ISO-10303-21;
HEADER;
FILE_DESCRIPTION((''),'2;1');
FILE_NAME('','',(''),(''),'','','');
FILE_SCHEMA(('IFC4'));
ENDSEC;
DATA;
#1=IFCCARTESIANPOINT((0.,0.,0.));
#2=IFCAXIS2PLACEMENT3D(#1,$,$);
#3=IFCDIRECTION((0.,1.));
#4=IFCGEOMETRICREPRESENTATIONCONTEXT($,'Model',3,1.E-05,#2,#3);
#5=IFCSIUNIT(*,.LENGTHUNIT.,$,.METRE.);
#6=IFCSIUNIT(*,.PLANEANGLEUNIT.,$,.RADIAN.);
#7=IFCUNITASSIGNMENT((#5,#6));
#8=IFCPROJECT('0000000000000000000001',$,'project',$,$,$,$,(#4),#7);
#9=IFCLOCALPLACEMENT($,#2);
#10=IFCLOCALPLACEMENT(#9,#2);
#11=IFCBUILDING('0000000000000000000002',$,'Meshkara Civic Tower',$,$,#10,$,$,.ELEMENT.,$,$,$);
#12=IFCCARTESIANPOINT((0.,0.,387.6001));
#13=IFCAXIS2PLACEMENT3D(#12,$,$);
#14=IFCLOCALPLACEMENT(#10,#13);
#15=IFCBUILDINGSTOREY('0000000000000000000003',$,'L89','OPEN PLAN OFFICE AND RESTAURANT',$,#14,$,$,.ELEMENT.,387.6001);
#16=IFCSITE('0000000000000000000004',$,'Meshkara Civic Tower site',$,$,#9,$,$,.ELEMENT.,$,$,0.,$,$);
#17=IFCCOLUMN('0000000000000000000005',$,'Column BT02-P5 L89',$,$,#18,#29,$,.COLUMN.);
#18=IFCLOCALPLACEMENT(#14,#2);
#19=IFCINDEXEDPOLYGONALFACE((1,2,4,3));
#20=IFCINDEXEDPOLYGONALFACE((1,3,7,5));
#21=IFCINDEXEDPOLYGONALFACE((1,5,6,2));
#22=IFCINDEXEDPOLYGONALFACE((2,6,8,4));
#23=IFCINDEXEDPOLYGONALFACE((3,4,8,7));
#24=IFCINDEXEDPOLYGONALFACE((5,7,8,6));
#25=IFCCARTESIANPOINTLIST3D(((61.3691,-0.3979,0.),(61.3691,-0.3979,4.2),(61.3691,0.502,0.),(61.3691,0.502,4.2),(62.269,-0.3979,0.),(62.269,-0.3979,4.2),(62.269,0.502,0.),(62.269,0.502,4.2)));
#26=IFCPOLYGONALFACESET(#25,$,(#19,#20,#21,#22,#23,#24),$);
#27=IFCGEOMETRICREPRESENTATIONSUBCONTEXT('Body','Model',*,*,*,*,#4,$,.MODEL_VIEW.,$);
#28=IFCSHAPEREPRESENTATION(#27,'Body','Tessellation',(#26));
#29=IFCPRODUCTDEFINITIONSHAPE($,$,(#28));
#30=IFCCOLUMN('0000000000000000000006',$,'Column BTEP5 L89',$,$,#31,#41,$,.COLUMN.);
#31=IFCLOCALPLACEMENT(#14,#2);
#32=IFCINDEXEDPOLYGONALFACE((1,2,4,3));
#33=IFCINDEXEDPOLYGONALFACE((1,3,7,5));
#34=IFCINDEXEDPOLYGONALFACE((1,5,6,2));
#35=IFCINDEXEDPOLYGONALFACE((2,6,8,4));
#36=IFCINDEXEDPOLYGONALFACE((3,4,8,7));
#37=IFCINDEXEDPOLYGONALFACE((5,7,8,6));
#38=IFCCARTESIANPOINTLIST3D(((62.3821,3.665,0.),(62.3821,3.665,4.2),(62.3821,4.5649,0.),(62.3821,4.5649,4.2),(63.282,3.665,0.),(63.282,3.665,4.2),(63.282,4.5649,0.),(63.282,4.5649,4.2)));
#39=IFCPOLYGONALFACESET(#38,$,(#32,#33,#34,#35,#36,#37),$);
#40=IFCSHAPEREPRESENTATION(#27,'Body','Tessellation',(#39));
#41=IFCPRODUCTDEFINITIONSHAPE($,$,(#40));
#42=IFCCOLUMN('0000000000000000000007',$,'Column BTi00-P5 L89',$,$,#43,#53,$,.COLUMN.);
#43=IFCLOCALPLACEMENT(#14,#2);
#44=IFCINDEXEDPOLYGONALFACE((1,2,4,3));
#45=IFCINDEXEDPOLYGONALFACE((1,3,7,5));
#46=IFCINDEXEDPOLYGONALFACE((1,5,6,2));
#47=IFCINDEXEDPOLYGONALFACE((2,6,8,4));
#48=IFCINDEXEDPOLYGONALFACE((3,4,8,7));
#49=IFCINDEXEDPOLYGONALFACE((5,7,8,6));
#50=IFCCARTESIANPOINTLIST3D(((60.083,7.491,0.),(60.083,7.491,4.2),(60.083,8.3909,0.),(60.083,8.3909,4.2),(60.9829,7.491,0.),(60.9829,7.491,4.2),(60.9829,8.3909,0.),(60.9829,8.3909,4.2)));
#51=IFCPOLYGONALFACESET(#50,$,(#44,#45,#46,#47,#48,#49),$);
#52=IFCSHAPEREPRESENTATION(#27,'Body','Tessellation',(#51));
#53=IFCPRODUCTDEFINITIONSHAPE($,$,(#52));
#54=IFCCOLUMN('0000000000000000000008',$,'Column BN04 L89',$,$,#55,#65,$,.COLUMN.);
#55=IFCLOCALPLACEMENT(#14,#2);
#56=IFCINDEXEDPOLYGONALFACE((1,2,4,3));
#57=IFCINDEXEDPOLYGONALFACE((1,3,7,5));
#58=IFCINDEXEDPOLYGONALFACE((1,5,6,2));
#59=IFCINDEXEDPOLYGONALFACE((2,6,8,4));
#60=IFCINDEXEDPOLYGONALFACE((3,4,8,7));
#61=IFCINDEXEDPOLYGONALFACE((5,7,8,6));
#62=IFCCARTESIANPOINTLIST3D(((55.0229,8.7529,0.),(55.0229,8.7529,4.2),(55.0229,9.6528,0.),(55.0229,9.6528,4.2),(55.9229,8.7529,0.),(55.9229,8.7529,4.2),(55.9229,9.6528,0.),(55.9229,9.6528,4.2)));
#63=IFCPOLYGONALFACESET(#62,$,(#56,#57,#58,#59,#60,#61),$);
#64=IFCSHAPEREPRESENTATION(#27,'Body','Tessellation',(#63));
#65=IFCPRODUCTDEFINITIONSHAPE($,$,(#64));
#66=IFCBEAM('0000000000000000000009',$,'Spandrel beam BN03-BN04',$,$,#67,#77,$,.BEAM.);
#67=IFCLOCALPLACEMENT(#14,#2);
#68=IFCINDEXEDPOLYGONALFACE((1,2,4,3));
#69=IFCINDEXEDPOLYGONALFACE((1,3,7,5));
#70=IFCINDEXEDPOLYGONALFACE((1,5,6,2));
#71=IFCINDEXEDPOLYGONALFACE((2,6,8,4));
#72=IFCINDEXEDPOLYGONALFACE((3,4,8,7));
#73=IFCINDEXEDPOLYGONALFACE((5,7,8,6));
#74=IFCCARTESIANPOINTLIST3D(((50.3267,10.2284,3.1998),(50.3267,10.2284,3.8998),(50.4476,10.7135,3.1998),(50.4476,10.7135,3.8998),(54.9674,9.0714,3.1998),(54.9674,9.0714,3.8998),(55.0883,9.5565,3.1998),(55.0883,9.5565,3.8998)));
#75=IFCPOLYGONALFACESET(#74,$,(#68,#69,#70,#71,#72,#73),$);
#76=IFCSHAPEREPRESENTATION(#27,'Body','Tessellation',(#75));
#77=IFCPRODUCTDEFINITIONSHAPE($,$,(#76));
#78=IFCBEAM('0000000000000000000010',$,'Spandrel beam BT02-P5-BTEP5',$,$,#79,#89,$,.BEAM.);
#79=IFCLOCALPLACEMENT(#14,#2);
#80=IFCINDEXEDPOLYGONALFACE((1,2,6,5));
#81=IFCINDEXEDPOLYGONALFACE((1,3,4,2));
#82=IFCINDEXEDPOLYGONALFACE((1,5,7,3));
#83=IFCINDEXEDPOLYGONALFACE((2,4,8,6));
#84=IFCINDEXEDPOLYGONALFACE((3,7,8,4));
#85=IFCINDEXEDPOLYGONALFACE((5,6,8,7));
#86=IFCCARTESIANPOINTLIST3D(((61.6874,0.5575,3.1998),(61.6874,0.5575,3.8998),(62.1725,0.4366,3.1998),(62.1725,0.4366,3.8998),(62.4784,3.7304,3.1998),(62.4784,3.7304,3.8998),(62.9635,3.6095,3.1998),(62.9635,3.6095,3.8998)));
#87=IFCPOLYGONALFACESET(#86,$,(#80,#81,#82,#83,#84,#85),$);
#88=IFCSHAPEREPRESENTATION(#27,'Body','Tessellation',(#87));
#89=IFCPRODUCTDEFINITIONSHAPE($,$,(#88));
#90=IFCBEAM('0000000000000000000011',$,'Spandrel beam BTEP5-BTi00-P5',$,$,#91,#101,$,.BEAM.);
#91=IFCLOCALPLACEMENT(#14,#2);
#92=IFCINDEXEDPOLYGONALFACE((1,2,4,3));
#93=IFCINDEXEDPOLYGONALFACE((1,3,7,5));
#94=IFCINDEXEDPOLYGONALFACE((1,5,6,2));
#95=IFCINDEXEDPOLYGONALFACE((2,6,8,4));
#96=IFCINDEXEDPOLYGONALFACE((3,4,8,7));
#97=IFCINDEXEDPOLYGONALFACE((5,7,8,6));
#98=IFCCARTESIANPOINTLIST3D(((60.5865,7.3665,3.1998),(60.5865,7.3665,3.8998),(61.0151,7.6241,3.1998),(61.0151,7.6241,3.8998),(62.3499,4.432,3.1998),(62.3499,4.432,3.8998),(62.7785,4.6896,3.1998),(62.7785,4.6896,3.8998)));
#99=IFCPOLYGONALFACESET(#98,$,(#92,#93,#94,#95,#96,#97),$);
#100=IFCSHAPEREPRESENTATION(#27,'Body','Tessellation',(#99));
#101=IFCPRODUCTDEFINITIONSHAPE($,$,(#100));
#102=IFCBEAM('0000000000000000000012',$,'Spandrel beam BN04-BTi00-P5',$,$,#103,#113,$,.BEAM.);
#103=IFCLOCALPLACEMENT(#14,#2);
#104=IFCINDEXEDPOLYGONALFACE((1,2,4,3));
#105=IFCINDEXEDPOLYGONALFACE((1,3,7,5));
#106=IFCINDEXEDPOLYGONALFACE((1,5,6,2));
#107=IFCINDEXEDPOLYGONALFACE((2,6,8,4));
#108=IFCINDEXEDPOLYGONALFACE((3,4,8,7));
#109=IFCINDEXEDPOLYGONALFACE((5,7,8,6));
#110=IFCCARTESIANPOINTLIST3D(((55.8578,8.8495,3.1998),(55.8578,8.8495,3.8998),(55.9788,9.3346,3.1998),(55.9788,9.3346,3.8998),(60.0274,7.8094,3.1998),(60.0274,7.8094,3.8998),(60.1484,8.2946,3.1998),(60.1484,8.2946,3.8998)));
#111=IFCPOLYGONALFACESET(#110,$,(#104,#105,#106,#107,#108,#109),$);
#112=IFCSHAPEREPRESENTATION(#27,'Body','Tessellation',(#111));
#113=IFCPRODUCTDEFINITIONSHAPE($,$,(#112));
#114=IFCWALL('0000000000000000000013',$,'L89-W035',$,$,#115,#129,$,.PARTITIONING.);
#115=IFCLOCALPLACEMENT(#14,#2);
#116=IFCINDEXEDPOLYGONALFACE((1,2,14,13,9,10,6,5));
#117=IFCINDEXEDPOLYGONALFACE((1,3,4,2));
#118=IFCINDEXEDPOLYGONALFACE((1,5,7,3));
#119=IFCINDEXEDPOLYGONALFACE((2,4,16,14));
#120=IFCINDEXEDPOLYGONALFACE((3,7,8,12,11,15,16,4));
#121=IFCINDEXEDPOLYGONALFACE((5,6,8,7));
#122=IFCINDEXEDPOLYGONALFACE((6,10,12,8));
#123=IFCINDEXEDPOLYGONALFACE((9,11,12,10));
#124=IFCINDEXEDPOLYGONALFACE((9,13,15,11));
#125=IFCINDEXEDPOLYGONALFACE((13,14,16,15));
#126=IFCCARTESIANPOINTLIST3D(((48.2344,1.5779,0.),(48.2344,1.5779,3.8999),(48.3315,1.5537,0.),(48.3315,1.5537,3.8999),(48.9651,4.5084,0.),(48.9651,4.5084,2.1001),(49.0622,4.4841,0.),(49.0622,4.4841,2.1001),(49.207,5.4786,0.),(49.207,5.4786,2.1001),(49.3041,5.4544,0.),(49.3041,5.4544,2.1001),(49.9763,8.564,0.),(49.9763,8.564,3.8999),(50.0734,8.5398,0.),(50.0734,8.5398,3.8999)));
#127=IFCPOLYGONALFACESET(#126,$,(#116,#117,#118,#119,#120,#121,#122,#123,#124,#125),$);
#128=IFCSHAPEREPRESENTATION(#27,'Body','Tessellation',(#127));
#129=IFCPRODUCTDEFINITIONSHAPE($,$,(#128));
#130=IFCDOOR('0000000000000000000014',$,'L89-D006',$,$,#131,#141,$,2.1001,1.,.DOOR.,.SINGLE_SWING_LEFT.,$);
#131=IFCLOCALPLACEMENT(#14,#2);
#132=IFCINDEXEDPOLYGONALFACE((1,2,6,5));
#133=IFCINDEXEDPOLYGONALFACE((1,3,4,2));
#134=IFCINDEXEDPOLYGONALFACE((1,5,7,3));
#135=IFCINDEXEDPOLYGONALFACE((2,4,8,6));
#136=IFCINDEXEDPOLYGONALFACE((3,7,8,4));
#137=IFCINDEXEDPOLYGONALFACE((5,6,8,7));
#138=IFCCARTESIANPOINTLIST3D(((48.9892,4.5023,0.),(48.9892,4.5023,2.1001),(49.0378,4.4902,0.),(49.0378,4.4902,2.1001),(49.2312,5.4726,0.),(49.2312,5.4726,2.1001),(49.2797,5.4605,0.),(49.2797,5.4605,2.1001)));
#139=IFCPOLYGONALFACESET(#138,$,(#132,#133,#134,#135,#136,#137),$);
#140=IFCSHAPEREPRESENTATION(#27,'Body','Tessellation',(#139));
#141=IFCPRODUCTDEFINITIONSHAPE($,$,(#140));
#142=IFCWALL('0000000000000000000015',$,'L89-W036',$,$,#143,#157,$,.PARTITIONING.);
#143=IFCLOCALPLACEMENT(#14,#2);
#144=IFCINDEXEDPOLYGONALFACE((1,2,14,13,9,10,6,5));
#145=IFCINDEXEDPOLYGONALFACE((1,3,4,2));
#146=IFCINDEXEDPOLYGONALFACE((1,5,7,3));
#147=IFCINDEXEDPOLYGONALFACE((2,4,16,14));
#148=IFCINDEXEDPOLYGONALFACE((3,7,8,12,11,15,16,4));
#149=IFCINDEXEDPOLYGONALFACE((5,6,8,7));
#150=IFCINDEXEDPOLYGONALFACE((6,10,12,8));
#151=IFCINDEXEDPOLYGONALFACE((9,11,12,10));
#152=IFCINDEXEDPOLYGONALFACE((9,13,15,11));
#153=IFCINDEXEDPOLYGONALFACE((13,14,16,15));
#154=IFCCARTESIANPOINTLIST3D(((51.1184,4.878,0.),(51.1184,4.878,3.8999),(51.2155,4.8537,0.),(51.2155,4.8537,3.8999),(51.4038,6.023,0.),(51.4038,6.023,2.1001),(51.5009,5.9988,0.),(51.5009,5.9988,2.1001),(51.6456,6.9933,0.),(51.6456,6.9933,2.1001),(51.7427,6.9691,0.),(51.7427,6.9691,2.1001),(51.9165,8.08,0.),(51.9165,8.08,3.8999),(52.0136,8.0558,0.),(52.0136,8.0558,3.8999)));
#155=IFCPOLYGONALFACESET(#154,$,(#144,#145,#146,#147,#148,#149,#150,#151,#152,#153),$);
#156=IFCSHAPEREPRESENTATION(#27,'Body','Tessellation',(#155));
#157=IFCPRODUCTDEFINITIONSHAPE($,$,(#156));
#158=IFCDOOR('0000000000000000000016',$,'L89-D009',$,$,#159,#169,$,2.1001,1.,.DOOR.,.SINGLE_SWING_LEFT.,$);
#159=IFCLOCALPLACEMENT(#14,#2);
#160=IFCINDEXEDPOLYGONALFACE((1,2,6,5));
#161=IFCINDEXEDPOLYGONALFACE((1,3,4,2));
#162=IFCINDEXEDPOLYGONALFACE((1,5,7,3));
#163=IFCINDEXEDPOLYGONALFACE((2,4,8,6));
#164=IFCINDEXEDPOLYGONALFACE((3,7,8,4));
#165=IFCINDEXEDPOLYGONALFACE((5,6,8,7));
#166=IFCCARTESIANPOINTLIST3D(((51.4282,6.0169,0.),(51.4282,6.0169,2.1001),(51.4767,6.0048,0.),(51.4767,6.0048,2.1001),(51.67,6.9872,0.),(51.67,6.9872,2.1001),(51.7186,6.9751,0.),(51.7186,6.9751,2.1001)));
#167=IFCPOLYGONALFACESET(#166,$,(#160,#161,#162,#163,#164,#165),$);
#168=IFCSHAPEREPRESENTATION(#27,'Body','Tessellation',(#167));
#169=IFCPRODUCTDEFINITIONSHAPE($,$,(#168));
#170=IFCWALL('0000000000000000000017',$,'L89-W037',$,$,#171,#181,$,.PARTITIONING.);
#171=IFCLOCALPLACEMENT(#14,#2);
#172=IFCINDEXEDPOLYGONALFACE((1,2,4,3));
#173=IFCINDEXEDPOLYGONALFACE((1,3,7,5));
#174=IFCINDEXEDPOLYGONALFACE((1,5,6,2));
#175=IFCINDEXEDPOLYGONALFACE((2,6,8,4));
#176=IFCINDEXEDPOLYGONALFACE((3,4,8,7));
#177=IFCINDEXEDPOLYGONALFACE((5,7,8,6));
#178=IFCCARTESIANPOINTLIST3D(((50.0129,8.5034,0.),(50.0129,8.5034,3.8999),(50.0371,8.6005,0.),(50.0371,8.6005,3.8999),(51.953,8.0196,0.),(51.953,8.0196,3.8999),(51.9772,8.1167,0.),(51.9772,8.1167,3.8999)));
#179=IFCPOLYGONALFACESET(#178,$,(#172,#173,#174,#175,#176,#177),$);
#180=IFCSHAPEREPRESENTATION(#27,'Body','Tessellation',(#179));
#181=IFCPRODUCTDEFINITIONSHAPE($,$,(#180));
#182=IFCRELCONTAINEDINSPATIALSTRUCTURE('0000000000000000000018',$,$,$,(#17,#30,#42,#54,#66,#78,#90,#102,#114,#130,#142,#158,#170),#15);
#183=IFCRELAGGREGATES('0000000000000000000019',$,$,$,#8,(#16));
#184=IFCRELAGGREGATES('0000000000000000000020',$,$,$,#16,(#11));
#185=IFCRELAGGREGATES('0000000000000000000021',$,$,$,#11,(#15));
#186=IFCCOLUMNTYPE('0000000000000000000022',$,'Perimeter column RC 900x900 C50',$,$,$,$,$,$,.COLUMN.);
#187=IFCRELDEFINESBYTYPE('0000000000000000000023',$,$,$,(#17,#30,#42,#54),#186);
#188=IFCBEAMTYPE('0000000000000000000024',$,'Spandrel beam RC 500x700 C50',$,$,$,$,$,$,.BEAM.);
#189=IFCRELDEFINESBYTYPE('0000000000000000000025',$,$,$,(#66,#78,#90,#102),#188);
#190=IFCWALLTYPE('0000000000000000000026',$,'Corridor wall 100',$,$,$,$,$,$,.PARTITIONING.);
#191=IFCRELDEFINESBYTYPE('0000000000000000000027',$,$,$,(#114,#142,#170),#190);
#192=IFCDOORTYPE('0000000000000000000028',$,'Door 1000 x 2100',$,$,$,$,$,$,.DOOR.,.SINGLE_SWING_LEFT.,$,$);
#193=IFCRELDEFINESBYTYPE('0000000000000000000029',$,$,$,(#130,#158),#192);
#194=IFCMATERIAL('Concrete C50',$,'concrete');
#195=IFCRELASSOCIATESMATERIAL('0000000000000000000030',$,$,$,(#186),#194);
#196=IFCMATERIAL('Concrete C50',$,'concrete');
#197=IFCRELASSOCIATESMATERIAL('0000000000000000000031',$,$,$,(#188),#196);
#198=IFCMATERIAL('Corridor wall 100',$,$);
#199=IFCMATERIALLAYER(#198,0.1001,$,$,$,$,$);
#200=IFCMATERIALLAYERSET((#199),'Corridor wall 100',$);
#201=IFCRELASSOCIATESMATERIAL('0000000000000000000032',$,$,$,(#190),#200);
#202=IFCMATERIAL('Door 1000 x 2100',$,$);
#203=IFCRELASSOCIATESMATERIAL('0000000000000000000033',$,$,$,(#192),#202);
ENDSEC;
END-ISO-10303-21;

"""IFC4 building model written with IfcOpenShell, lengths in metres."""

from ifc_helpers import new_model, si_unit, direction, frame, frame_2d, origin, origin_2d, place, context, subcontext, project, spatial, rectangle, extrude, material, layer, layer_set, material_profile, profile_set, type_object, element, fill, save


model = new_model("IFC4")

# Units and contexts
model_context = context("Model", 3, precision=1e-05, world=origin(), true_north=direction((0.0, 1.0)))
body_context = subcontext(model_context, "Body", "Model", "MODEL_VIEW")
ifc_project = project(units=[si_unit("LENGTHUNIT", "METRE"), si_unit("PLANEANGLEUNIT", "RADIAN")], contexts=[model_context])

# Site, building, storey
site_placement = place(None, origin())
site = spatial("IfcSite", under=ifc_project, at=site_placement, Name="Meshkara Civic Tower site", CompositionType="ELEMENT", RefElevation=0.0)
building_placement = place(site_placement, origin())
building = spatial("IfcBuilding", under=site, at=building_placement, Name="Meshkara Civic Tower", CompositionType="ELEMENT")
storey_placement = place(building_placement, frame((0.0, 0.0, 387.6001)))
storey = spatial("IfcBuildingStorey", under=building, at=storey_placement, Name="L89", Description="OPEN PLAN OFFICE AND RESTAURANT", CompositionType="ELEMENT", Elevation=387.6001)

# Columns
ifc_material_1 = material(Name="Concrete C50", Category="concrete")
ifc_material_profile_1 = material_profile(ifc_material_1, rectangle(XDim=0.8999, YDim=0.8999, at=origin_2d()))
ifc_profile_set_1 = profile_set([ifc_material_profile_1], Name="Concrete C50")
column_type = type_object("IfcColumnType", Name="Perimeter column RC 900x900 C50", PredefinedType="COLUMN", material=ifc_profile_set_1)
for number, where, z_axis, x_axis, name in (
    (1, (61.8191, 0.052, 0.0), (0.0, 0.0, 1.0), (1.0, 0.0, 0.0), "Column BT02-P5 L89"),
    (2, (62.832, 4.115, 0.0), (0.0, 0.0, 1.0), (1.0, 0.0, 0.0), "Column BTEP5 L89"),
    (3, (60.533, 7.9409, 0.0), (0.0, 0.0, 1.0), (1.0, 0.0, 0.0), "Column BTi00-P5 L89"),
    (4, (55.4729, 9.2029, 0.0), (0.0, 0.0, 1.0), (1.0, 0.0, 0.0), "Column BN04 L89"),
):
    element("IfcColumn", number, at=place(storey_placement, frame(where, z_axis=z_axis, x_axis=x_axis)), inside=storey, type_object=column_type, Name=name, PredefinedType="COLUMN", context=body_context, shape_type="SweptSolid", body=[
        extrude(rectangle(XDim=0.8999, YDim=0.8999, at=origin_2d()), origin(), (0.0, 0.0, 1.0), 4.2),
    ])

# Beams
ifc_material_2 = material(Name="Concrete C50", Category="concrete")
ifc_material_profile_2 = material_profile(ifc_material_2, rectangle(XDim=0.5, YDim=0.7, at=origin_2d()))
ifc_profile_set_2 = profile_set([ifc_material_profile_2], Name="Concrete C50")
beam_type = type_object("IfcBeamType", Name="Spandrel beam RC 500x700 C50", PredefinedType="BEAM", material=ifc_profile_set_2)
beam_1_placement = place(storey_placement, frame((55.0278, 9.314, 3.5498), z_axis=(-0.970298, 0.241911, 0.0), x_axis=(-0.241911, -0.970298, 0.0)))
element("IfcBeam", 5, at=beam_1_placement, inside=storey, type_object=beam_type, Name="Spandrel beam BN03-BN04", PredefinedType="BEAM", context=body_context, shape_type="SweptSolid", body=[
    extrude(rectangle(XDim=0.5, YDim=0.7, at=origin_2d()), origin(), (0.0, 0.0, 1.0), 4.7827),
])
beam_2_placement = place(storey_placement, frame((61.9299, 0.4971, 3.5498), z_axis=(0.241903, 0.9703, 0.0), x_axis=(-0.9703, 0.241903, 0.0)))
element("IfcBeam", 6, at=beam_2_placement, inside=storey, type_object=beam_type, Name="Spandrel beam BT02-P5-BTEP5", PredefinedType="BEAM", context=body_context, shape_type="SweptSolid", body=[
    extrude(rectangle(XDim=0.5, YDim=0.7, at=origin_2d()), origin(), (0.0, 0.0, 1.0), 3.27),
])
beam_3_placement = place(storey_placement, frame((62.5642, 4.5608, 3.5498), z_axis=(-0.515072, 0.857147, 0.0), x_axis=(-0.857147, -0.515072, 0.0)))
element("IfcBeam", 7, at=beam_3_placement, inside=storey, type_object=beam_type, Name="Spandrel beam BTEP5-BTi00-P5", PredefinedType="BEAM", context=body_context, shape_type="SweptSolid", body=[
    extrude(rectangle(XDim=0.5, YDim=0.7, at=origin_2d()), origin(), (0.0, 0.0, 1.0), 3.4236),
])
beam_4_placement = place(storey_placement, frame((60.0879, 8.052, 3.5498), z_axis=(-0.970273, 0.242014, 0.0), x_axis=(-0.242014, -0.970273, 0.0)))
element("IfcBeam", 8, at=beam_4_placement, inside=storey, type_object=beam_type, Name="Spandrel beam BN04-BTi00-P5", PredefinedType="BEAM", context=body_context, shape_type="SweptSolid", body=[
    extrude(rectangle(XDim=0.5, YDim=0.7, at=origin_2d()), origin(), (0.0, 0.0, 1.0), 4.2974),
])

# Walls, openings, doors
ifc_material_3 = material(Name="Corridor wall 100")
ifc_layer_1 = layer(ifc_material_3, 0.1001)
ifc_layer_set_1 = layer_set([ifc_layer_1], Name="Corridor wall 100")
wall_type_1 = type_object("IfcWallType", Name="Corridor wall 100", PredefinedType="PARTITIONING", material=ifc_layer_set_1)
wall_1_placement = place(storey_placement, frame((50.0249, 8.552, 0.0), z_axis=(0.0, 0.0, 1.0), x_axis=(-0.241937, -0.970292, 0.0)))
wall_1 = element("IfcWall", 9, at=wall_1_placement, inside=storey, type_object=wall_type_1, Name="L89-W035", PredefinedType="PARTITIONING", context=body_context, shape_type="SweptSolid", body=[
    extrude(rectangle(XDim=7.2, YDim=0.1001, at=frame_2d((3.6001, 0.0))), origin(), (0.0, 0.0, 1.0), 3.8999),
])
opening_1_placement = place(wall_1_placement, frame((3.1799, 0.0, 0.0)))
opening_1 = element("IfcOpeningElement", 10, at=opening_1_placement, cuts=wall_1, PredefinedType="OPENING", context=body_context, shape_type="SweptSolid", body=[
    extrude(rectangle(XDim=1.0, YDim=2.1001, at=frame_2d((0.5, 1.05))), frame((0.0, 0.0601, 0.0), z_axis=(0.0, -1.0, 0.0), x_axis=(1.0, 0.0, 0.0)), (0.0, 0.0, 1.0), 0.1201),
])
ifc_material_4 = material(Name="Door 1000 x 2100")
door_type = type_object("IfcDoorType", Name="Door 1000 x 2100", OperationType="SINGLE_SWING_LEFT", PredefinedType="DOOR", material=ifc_material_4)
door_1_placement = place(opening_1_placement, origin())
door_1 = element("IfcDoor", 11, at=door_1_placement, inside=storey, type_object=door_type, Name="L89-D006", OperationType="SINGLE_SWING_LEFT", OverallHeight=2.1001, OverallWidth=1.0, PredefinedType="DOOR", context=body_context, shape_type="SweptSolid", body=[
    extrude(rectangle(XDim=1.0, YDim=2.1001, at=frame_2d((0.5, 1.05))), frame((0.0, 0.0249, 0.0), z_axis=(0.0, -1.0, 0.0), x_axis=(1.0, 0.0, 0.0)), (0.0, 0.0, 1.0), 0.05),
])
fill(opening_1, door_1)
wall_2_placement = place(storey_placement, frame((51.167, 4.866, 0.0), z_axis=(0.0, 0.0, 1.0), x_axis=(0.241839, 0.970316, 0.0)))
wall_2 = element("IfcWall", 12, at=wall_2_placement, inside=storey, type_object=wall_type_1, Name="L89-W036", PredefinedType="PARTITIONING", context=body_context, shape_type="SweptSolid", body=[
    extrude(rectangle(XDim=3.3, YDim=0.1001, at=frame_2d((1.6499, 0.0))), origin(), (0.0, 0.0, 1.0), 3.8999),
])
opening_2_placement = place(wall_2_placement, frame((1.1799, 0.0, 0.0)))
opening_2 = element("IfcOpeningElement", 13, at=opening_2_placement, cuts=wall_2, PredefinedType="OPENING", context=body_context, shape_type="SweptSolid", body=[
    extrude(rectangle(XDim=1.0, YDim=2.1001, at=frame_2d((0.5, 1.05))), frame((0.0, 0.0601, 0.0), z_axis=(0.0, -1.0, 0.0), x_axis=(1.0, 0.0, 0.0)), (0.0, 0.0, 1.0), 0.1201),
])
door_2_placement = place(opening_2_placement, origin())
door_2 = element("IfcDoor", 14, at=door_2_placement, inside=storey, type_object=door_type, Name="L89-D009", OperationType="SINGLE_SWING_LEFT", OverallHeight=2.1001, OverallWidth=1.0, PredefinedType="DOOR", context=body_context, shape_type="SweptSolid", body=[
    extrude(rectangle(XDim=1.0, YDim=2.1001, at=frame_2d((0.5, 1.05))), frame((0.0, 0.0249, 0.0), z_axis=(0.0, -1.0, 0.0), x_axis=(1.0, 0.0, 0.0)), (0.0, 0.0, 1.0), 0.05),
])
fill(opening_2, door_2)

# Wall
wall_3_placement = place(storey_placement, frame((51.9651, 8.0681, 0.0), z_axis=(0.0, 0.0, 1.0), x_axis=(-0.970279, 0.24199, 0.0)))
element("IfcWall", 15, at=wall_3_placement, inside=storey, type_object=wall_type_1, Name="L89-W037", PredefinedType="PARTITIONING", context=body_context, shape_type="SweptSolid", body=[
    extrude(rectangle(XDim=1.9995, YDim=0.1001, at=frame_2d((0.9998, 0.0))), origin(), (0.0, 0.0, 1.0), 3.8999),
])

save(model, "model.ifc")
